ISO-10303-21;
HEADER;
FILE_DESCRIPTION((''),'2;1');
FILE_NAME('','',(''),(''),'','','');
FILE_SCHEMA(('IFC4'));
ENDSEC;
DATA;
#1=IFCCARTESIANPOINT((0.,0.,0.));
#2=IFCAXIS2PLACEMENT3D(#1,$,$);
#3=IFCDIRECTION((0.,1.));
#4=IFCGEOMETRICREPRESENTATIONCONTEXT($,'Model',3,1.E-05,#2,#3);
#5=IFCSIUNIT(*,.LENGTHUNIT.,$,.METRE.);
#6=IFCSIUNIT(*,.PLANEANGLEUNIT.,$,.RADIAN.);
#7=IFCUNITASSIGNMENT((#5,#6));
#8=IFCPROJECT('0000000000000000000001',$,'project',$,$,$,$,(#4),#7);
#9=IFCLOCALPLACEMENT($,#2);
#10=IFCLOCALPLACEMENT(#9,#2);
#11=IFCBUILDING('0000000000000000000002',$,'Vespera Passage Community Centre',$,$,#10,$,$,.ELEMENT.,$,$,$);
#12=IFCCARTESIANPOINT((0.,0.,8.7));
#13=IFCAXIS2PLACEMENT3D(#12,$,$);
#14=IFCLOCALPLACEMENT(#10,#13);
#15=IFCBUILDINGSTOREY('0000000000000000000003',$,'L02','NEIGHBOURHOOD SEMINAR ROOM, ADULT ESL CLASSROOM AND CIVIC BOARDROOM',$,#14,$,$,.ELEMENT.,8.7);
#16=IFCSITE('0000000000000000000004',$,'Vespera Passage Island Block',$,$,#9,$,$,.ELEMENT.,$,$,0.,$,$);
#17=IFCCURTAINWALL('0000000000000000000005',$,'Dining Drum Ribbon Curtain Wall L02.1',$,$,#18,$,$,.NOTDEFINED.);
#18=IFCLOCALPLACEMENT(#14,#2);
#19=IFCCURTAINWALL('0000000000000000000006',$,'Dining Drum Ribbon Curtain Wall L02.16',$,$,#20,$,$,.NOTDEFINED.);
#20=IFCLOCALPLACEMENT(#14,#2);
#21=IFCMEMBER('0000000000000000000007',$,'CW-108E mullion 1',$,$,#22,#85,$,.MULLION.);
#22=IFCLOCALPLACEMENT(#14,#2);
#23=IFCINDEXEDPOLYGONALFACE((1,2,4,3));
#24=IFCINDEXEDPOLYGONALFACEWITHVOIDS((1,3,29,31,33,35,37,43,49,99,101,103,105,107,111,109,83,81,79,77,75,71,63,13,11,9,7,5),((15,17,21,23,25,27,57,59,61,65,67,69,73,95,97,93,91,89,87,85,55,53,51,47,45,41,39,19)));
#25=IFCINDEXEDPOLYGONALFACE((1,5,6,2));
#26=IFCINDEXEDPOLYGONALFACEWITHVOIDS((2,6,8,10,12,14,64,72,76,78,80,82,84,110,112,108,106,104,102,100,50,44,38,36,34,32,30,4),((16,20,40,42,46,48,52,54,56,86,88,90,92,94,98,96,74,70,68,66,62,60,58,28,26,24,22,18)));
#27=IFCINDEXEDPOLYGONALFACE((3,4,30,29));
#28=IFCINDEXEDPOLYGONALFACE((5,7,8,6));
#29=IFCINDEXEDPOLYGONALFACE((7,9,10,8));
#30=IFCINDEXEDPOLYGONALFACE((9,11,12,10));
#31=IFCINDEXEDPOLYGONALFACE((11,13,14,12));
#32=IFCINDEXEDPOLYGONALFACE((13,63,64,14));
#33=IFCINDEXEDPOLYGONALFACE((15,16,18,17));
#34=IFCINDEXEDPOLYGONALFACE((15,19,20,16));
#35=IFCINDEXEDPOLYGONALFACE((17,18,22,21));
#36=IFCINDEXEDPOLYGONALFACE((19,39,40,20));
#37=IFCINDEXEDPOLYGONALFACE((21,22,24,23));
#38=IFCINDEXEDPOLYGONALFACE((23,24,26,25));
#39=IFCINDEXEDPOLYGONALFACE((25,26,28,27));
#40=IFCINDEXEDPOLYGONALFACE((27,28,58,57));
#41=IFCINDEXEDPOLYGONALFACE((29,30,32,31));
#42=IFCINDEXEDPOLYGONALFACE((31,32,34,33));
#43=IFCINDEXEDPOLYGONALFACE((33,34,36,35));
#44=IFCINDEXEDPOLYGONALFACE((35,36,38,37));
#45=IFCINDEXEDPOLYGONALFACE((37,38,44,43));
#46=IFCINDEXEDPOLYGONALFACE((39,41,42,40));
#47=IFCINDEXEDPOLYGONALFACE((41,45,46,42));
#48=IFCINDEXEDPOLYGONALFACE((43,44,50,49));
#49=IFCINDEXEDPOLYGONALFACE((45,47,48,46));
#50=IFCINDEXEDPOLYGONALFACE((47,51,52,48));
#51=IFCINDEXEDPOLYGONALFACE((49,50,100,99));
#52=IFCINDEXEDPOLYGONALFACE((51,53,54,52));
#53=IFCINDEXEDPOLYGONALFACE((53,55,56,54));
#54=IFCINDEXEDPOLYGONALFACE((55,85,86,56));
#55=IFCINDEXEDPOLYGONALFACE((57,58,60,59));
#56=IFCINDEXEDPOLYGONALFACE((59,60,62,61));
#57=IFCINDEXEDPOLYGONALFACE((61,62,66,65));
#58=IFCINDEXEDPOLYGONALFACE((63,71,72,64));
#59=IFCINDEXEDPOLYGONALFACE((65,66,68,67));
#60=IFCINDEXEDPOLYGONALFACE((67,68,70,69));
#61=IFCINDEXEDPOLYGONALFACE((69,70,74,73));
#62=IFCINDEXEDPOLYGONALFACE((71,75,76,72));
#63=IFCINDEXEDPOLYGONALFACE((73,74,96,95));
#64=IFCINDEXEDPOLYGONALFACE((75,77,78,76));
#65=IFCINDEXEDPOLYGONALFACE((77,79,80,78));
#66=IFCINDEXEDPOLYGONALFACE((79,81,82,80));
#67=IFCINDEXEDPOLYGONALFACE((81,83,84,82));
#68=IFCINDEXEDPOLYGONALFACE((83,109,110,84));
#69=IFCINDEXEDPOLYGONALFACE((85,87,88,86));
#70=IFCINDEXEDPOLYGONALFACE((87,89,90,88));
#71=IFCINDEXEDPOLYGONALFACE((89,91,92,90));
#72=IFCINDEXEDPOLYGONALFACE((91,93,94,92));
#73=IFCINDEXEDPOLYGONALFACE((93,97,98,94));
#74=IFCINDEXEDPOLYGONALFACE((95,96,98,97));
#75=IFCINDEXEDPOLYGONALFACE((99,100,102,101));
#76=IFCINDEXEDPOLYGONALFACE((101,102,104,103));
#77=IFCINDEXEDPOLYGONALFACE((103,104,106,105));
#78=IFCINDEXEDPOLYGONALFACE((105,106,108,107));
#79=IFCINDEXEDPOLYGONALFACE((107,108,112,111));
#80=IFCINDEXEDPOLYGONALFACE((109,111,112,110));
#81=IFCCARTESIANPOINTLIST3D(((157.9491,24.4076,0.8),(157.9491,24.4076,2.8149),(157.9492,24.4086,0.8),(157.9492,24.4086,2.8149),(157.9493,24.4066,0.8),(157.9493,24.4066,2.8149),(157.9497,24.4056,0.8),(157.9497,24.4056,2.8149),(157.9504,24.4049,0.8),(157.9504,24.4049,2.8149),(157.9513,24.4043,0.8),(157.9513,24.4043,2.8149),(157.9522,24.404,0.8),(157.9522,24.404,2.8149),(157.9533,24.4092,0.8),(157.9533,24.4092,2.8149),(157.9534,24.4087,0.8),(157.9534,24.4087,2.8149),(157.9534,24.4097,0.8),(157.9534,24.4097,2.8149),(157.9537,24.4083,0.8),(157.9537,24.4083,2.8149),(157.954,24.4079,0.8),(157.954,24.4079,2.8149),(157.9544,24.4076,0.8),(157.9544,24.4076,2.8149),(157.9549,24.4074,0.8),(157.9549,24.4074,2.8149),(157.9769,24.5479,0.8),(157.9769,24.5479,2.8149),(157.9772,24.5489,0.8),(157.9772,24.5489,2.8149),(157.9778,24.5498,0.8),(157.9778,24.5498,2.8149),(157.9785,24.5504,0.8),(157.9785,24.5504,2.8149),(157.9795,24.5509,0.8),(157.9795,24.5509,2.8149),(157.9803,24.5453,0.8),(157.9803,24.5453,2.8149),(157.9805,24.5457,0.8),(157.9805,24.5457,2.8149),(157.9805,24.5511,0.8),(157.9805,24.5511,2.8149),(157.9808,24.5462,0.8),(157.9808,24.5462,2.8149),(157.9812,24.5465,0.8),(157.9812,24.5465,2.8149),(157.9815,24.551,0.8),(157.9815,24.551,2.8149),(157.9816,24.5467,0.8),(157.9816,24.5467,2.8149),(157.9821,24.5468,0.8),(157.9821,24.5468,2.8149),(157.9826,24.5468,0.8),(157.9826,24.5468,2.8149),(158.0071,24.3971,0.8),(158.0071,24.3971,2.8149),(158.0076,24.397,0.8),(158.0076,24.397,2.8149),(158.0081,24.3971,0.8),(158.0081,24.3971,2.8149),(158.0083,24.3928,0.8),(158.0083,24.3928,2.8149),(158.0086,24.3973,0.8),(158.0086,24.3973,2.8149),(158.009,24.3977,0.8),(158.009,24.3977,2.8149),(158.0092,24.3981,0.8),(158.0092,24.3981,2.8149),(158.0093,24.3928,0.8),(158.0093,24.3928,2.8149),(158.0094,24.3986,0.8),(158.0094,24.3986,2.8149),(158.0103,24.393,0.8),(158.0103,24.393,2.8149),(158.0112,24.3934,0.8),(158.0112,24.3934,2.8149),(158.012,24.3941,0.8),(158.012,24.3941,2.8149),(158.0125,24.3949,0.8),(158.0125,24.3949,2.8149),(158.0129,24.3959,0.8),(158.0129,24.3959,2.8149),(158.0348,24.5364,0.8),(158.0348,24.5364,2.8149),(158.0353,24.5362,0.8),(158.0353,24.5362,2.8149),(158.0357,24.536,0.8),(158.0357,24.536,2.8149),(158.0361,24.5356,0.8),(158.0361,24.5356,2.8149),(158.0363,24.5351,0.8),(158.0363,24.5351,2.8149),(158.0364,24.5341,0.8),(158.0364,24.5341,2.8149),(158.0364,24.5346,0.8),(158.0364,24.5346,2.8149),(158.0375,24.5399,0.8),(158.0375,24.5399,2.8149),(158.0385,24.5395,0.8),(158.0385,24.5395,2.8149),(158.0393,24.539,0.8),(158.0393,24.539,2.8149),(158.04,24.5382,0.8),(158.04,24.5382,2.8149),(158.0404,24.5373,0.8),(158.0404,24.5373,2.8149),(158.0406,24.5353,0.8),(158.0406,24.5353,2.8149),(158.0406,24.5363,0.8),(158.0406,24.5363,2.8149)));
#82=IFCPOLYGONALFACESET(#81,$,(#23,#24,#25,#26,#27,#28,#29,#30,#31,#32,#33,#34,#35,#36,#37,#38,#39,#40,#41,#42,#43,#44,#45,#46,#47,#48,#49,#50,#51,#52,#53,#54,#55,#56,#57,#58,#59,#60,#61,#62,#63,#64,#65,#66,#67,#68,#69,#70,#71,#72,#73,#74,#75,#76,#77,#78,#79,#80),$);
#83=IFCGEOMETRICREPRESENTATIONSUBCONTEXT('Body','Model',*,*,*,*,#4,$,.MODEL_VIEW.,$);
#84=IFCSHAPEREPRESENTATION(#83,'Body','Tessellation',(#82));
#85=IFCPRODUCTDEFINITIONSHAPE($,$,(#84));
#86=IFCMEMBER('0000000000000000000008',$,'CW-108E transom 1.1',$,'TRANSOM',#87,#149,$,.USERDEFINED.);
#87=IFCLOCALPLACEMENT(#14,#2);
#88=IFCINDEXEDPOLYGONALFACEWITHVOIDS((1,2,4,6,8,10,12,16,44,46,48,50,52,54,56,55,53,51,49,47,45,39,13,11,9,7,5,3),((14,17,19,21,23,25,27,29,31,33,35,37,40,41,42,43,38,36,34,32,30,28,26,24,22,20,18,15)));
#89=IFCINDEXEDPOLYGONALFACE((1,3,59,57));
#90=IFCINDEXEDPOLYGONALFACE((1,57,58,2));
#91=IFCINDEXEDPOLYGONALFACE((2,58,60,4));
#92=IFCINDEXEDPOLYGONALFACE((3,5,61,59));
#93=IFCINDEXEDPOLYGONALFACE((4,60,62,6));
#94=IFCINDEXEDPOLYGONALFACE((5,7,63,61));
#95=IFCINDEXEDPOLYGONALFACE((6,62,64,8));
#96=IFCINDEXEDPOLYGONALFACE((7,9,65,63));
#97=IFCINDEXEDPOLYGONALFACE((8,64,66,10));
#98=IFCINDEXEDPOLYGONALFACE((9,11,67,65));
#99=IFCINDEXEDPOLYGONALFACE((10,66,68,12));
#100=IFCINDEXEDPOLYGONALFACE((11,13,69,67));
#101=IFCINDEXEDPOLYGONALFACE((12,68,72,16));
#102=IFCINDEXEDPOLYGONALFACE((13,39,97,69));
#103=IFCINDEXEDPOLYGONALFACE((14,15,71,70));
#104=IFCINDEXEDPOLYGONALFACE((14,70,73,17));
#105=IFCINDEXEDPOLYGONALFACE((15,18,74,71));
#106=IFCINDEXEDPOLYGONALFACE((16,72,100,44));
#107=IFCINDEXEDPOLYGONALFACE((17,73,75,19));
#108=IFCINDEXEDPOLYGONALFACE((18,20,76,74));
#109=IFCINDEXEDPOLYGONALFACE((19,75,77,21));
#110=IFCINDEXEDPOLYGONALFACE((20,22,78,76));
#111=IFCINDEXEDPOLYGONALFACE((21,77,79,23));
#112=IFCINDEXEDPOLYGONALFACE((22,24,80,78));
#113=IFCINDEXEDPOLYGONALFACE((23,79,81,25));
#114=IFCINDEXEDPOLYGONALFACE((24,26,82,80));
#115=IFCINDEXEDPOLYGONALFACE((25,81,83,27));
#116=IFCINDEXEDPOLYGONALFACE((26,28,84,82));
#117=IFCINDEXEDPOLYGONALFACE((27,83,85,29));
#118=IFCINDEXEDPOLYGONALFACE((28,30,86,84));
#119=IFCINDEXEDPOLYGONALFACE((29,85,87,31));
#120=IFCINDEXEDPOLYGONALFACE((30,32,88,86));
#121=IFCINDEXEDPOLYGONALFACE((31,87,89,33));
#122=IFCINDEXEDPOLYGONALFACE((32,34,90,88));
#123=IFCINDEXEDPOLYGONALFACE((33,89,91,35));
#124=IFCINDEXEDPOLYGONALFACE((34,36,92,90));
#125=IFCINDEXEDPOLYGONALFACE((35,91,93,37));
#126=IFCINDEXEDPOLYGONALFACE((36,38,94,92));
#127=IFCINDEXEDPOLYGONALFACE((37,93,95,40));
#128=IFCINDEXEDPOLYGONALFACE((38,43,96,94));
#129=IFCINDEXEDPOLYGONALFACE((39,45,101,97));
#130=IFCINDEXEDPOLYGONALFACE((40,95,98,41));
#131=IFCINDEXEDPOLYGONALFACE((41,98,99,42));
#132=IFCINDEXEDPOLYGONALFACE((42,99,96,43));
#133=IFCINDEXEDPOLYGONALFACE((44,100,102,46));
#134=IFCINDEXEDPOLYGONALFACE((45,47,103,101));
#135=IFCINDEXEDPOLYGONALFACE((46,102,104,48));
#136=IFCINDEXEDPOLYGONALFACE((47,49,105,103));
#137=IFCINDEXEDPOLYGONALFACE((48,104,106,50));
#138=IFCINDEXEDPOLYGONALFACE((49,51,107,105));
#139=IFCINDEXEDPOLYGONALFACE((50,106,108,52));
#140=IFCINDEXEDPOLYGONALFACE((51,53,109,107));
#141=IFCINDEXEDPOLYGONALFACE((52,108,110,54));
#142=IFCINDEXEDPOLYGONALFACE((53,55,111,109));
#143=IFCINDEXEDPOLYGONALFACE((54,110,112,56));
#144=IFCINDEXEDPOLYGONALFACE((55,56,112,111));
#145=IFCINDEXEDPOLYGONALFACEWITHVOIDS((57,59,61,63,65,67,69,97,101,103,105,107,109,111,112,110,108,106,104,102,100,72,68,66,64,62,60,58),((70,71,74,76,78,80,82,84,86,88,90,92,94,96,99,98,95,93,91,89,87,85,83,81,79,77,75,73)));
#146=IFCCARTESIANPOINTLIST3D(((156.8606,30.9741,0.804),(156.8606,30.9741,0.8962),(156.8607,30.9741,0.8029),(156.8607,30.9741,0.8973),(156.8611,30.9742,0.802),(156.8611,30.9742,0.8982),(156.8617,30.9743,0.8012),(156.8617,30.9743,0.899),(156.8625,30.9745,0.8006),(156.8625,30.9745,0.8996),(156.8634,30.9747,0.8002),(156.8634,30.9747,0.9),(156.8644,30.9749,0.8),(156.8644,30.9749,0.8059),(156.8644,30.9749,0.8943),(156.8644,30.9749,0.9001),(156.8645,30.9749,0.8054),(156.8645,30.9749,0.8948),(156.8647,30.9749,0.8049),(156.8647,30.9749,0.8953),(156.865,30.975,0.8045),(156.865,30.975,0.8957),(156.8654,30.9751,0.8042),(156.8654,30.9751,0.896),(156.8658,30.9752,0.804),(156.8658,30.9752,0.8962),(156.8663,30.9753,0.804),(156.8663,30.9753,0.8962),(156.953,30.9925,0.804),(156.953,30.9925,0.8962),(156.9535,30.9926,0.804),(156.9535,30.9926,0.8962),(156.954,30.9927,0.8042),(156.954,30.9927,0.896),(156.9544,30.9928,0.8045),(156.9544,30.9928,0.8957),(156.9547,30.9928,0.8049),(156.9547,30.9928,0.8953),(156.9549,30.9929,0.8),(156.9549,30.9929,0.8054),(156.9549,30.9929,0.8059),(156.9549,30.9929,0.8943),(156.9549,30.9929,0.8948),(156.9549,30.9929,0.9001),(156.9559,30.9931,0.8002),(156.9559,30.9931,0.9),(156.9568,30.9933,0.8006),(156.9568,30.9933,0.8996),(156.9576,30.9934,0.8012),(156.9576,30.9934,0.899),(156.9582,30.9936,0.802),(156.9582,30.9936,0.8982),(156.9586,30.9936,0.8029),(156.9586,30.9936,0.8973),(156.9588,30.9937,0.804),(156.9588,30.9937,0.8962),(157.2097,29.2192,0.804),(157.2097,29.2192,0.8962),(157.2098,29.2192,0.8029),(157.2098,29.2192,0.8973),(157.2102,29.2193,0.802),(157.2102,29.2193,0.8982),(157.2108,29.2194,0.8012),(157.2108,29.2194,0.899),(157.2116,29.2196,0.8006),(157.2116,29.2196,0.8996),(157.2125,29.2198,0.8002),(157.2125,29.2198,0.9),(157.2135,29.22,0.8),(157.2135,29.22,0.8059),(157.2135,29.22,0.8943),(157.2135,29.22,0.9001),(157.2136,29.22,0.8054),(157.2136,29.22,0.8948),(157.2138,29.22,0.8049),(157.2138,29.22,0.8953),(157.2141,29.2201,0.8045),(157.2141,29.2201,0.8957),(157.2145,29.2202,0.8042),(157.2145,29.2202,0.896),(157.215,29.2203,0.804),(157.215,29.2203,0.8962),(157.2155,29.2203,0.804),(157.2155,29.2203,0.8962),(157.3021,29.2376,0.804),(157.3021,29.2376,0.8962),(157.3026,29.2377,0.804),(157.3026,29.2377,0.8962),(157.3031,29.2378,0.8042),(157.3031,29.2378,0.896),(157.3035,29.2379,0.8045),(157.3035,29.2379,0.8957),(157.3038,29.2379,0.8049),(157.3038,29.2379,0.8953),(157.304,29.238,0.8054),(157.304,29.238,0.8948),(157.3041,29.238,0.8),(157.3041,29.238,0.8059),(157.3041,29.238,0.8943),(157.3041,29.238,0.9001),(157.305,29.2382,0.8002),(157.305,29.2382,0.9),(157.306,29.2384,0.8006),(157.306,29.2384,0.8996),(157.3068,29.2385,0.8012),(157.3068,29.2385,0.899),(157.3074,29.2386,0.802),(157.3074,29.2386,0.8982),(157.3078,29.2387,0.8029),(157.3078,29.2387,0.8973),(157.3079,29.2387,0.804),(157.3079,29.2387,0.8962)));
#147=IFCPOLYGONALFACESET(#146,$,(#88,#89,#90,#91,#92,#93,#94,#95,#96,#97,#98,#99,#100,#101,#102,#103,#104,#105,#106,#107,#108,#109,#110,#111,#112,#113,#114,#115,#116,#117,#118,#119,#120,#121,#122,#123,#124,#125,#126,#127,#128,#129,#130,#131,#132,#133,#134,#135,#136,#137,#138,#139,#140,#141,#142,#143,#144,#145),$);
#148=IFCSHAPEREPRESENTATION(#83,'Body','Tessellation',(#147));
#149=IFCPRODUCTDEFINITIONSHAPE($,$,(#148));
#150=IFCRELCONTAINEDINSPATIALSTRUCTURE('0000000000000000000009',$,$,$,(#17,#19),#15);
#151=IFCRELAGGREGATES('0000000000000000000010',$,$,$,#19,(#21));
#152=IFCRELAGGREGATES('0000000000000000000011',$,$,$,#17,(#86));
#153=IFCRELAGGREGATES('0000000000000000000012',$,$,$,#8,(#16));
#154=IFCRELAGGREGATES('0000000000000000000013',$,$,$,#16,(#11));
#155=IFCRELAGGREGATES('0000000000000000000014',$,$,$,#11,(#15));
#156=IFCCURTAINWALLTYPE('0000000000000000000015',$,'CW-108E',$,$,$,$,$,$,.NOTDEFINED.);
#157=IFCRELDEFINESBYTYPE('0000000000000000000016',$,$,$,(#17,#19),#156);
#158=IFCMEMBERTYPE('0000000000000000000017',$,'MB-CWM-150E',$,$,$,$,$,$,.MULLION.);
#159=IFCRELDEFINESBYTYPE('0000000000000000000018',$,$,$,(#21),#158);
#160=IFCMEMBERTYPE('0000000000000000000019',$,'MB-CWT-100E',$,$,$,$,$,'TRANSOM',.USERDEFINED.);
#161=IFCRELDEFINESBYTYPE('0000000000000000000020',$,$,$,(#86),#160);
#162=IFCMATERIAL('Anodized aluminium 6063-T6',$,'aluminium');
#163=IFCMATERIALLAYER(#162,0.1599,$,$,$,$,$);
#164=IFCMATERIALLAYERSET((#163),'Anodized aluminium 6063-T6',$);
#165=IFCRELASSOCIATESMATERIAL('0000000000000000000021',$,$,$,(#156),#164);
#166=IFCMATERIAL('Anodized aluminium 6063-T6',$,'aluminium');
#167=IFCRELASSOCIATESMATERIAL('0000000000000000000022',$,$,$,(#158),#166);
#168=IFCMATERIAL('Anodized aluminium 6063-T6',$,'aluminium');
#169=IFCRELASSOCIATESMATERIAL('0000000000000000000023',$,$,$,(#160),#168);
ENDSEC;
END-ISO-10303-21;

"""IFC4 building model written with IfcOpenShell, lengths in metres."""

from ifc_helpers import new_model, si_unit, direction, frame, origin, origin_2d, place, context, subcontext, project, spatial, hollow_rectangle, extrude, material, layer, layer_set, material_profile, profile_set, type_object, element, aggregate, save


model = new_model("IFC4")

# Units and contexts
model_context = context("Model", 3, precision=1e-05, world=origin(), true_north=direction((0.0, 1.0)))
body_context = subcontext(model_context, "Body", "Model", "MODEL_VIEW")
ifc_project = project(units=[si_unit("LENGTHUNIT", "METRE"), si_unit("PLANEANGLEUNIT", "RADIAN")], contexts=[model_context])

# Site, building, storey
site_placement = place(None, origin())
site = spatial("IfcSite", under=ifc_project, at=site_placement, Name="Vespera Passage Island Block", CompositionType="ELEMENT", RefElevation=0.0)
building_placement = place(site_placement, origin())
building = spatial("IfcBuilding", under=site, at=building_placement, Name="Vespera Passage Community Centre", CompositionType="ELEMENT")
storey_placement = place(building_placement, frame((0.0, 0.0, 8.7)))
storey = spatial("IfcBuildingStorey", under=building, at=storey_placement, Name="L02", Description="NEIGHBOURHOOD SEMINAR ROOM, ADULT ESL CLASSROOM AND CIVIC BOARDROOM", CompositionType="ELEMENT", Elevation=8.7)

# Curtain wall
ifc_material_1 = material(Name="Anodized aluminium 6063-T6", Category="aluminium")
ifc_layer_1 = layer(ifc_material_1, 0.1599)
ifc_layer_set_1 = layer_set([ifc_layer_1], Name="Anodized aluminium 6063-T6")
curtain_wall_type = type_object("IfcCurtainWallType", Name="CW-108E", PredefinedType="NOTDEFINED", material=ifc_layer_set_1)
curtain_wall_1_placement = place(storey_placement, origin())
curtain_wall_1 = element("IfcCurtainWall", 1, at=curtain_wall_1_placement, inside=storey, type_object=curtain_wall_type, Name="Dining Drum Ribbon Curtain Wall L02.1", PredefinedType="NOTDEFINED")
ifc_material_2 = material(Name="Anodized aluminium 6063-T6", Category="aluminium")
ifc_material_profile_1 = material_profile(ifc_material_2, hollow_rectangle(XDim=0.0649, YDim=0.1499, WallThickness=0.0039, InnerFilletRadius=0.002, OuterFilletRadius=0.0039, at=origin_2d()), Name="ALU150X65X4")
ifc_profile_set_1 = profile_set([ifc_material_profile_1], Name="Anodized aluminium 6063-T6")
member_type_1 = type_object("IfcMemberType", Name="MB-CWM-150E", PredefinedType="MULLION", material=ifc_profile_set_1)

# Curtain wall, member
curtain_wall_2_placement = place(storey_placement, origin())
curtain_wall_2 = element("IfcCurtainWall", 2, at=curtain_wall_2_placement, inside=storey, type_object=curtain_wall_type, Name="Dining Drum Ribbon Curtain Wall L02.16", PredefinedType="NOTDEFINED")
member_1_placement = place(storey_placement, frame((157.9949, 24.4719, 0.8), z_axis=(0.0, 0.0, 1.0), x_axis=(0.980784, -0.195097, 0.0)))
member_1 = element("IfcMember", 3, at=member_1_placement, type_object=member_type_1, Name="CW-108E mullion 1", PredefinedType="MULLION", context=body_context, shape_type="SweptSolid", body=[
    extrude(hollow_rectangle(XDim=0.0649, YDim=0.1499, WallThickness=0.0039, InnerFilletRadius=0.002, OuterFilletRadius=0.0039, at=origin_2d()), origin(), (0.0, 0.0, 1.0), 2.0149),
])

# Member
ifc_material_3 = material(Name="Anodized aluminium 6063-T6", Category="aluminium")
ifc_material_profile_2 = material_profile(ifc_material_3, hollow_rectangle(XDim=0.1001, YDim=0.1001, WallThickness=0.0039, InnerFilletRadius=0.002, OuterFilletRadius=0.0039, at=origin_2d()), Name="ALU100X100X4")
ifc_profile_set_2 = profile_set([ifc_material_profile_2], Name="Anodized aluminium 6063-T6")
member_type_2 = type_object("IfcMemberType", Name="MB-CWT-100E", ElementType="TRANSOM", PredefinedType="USERDEFINED", material=ifc_profile_set_2)
member_2_placement = place(storey_placement, frame((156.9097, 30.9839, 0.8501), z_axis=(0.195119, -0.98078, 0.0), x_axis=(0.98078, 0.195119, 0.0)))
member_2 = element("IfcMember", 4, at=member_2_placement, type_object=member_type_2, Name="CW-108E transom 1.1", ObjectType="TRANSOM", PredefinedType="USERDEFINED", context=body_context, shape_type="SweptSolid", body=[
    extrude(hollow_rectangle(XDim=0.1001, YDim=0.1001, WallThickness=0.0039, InnerFilletRadius=0.002, OuterFilletRadius=0.0039, at=origin_2d()), origin(), (0.0, 0.0, 1.0), 1.7893),
])
aggregate(curtain_wall_2, [member_1])

aggregate(curtain_wall_1, [member_2])

save(model, "model.ifc")
